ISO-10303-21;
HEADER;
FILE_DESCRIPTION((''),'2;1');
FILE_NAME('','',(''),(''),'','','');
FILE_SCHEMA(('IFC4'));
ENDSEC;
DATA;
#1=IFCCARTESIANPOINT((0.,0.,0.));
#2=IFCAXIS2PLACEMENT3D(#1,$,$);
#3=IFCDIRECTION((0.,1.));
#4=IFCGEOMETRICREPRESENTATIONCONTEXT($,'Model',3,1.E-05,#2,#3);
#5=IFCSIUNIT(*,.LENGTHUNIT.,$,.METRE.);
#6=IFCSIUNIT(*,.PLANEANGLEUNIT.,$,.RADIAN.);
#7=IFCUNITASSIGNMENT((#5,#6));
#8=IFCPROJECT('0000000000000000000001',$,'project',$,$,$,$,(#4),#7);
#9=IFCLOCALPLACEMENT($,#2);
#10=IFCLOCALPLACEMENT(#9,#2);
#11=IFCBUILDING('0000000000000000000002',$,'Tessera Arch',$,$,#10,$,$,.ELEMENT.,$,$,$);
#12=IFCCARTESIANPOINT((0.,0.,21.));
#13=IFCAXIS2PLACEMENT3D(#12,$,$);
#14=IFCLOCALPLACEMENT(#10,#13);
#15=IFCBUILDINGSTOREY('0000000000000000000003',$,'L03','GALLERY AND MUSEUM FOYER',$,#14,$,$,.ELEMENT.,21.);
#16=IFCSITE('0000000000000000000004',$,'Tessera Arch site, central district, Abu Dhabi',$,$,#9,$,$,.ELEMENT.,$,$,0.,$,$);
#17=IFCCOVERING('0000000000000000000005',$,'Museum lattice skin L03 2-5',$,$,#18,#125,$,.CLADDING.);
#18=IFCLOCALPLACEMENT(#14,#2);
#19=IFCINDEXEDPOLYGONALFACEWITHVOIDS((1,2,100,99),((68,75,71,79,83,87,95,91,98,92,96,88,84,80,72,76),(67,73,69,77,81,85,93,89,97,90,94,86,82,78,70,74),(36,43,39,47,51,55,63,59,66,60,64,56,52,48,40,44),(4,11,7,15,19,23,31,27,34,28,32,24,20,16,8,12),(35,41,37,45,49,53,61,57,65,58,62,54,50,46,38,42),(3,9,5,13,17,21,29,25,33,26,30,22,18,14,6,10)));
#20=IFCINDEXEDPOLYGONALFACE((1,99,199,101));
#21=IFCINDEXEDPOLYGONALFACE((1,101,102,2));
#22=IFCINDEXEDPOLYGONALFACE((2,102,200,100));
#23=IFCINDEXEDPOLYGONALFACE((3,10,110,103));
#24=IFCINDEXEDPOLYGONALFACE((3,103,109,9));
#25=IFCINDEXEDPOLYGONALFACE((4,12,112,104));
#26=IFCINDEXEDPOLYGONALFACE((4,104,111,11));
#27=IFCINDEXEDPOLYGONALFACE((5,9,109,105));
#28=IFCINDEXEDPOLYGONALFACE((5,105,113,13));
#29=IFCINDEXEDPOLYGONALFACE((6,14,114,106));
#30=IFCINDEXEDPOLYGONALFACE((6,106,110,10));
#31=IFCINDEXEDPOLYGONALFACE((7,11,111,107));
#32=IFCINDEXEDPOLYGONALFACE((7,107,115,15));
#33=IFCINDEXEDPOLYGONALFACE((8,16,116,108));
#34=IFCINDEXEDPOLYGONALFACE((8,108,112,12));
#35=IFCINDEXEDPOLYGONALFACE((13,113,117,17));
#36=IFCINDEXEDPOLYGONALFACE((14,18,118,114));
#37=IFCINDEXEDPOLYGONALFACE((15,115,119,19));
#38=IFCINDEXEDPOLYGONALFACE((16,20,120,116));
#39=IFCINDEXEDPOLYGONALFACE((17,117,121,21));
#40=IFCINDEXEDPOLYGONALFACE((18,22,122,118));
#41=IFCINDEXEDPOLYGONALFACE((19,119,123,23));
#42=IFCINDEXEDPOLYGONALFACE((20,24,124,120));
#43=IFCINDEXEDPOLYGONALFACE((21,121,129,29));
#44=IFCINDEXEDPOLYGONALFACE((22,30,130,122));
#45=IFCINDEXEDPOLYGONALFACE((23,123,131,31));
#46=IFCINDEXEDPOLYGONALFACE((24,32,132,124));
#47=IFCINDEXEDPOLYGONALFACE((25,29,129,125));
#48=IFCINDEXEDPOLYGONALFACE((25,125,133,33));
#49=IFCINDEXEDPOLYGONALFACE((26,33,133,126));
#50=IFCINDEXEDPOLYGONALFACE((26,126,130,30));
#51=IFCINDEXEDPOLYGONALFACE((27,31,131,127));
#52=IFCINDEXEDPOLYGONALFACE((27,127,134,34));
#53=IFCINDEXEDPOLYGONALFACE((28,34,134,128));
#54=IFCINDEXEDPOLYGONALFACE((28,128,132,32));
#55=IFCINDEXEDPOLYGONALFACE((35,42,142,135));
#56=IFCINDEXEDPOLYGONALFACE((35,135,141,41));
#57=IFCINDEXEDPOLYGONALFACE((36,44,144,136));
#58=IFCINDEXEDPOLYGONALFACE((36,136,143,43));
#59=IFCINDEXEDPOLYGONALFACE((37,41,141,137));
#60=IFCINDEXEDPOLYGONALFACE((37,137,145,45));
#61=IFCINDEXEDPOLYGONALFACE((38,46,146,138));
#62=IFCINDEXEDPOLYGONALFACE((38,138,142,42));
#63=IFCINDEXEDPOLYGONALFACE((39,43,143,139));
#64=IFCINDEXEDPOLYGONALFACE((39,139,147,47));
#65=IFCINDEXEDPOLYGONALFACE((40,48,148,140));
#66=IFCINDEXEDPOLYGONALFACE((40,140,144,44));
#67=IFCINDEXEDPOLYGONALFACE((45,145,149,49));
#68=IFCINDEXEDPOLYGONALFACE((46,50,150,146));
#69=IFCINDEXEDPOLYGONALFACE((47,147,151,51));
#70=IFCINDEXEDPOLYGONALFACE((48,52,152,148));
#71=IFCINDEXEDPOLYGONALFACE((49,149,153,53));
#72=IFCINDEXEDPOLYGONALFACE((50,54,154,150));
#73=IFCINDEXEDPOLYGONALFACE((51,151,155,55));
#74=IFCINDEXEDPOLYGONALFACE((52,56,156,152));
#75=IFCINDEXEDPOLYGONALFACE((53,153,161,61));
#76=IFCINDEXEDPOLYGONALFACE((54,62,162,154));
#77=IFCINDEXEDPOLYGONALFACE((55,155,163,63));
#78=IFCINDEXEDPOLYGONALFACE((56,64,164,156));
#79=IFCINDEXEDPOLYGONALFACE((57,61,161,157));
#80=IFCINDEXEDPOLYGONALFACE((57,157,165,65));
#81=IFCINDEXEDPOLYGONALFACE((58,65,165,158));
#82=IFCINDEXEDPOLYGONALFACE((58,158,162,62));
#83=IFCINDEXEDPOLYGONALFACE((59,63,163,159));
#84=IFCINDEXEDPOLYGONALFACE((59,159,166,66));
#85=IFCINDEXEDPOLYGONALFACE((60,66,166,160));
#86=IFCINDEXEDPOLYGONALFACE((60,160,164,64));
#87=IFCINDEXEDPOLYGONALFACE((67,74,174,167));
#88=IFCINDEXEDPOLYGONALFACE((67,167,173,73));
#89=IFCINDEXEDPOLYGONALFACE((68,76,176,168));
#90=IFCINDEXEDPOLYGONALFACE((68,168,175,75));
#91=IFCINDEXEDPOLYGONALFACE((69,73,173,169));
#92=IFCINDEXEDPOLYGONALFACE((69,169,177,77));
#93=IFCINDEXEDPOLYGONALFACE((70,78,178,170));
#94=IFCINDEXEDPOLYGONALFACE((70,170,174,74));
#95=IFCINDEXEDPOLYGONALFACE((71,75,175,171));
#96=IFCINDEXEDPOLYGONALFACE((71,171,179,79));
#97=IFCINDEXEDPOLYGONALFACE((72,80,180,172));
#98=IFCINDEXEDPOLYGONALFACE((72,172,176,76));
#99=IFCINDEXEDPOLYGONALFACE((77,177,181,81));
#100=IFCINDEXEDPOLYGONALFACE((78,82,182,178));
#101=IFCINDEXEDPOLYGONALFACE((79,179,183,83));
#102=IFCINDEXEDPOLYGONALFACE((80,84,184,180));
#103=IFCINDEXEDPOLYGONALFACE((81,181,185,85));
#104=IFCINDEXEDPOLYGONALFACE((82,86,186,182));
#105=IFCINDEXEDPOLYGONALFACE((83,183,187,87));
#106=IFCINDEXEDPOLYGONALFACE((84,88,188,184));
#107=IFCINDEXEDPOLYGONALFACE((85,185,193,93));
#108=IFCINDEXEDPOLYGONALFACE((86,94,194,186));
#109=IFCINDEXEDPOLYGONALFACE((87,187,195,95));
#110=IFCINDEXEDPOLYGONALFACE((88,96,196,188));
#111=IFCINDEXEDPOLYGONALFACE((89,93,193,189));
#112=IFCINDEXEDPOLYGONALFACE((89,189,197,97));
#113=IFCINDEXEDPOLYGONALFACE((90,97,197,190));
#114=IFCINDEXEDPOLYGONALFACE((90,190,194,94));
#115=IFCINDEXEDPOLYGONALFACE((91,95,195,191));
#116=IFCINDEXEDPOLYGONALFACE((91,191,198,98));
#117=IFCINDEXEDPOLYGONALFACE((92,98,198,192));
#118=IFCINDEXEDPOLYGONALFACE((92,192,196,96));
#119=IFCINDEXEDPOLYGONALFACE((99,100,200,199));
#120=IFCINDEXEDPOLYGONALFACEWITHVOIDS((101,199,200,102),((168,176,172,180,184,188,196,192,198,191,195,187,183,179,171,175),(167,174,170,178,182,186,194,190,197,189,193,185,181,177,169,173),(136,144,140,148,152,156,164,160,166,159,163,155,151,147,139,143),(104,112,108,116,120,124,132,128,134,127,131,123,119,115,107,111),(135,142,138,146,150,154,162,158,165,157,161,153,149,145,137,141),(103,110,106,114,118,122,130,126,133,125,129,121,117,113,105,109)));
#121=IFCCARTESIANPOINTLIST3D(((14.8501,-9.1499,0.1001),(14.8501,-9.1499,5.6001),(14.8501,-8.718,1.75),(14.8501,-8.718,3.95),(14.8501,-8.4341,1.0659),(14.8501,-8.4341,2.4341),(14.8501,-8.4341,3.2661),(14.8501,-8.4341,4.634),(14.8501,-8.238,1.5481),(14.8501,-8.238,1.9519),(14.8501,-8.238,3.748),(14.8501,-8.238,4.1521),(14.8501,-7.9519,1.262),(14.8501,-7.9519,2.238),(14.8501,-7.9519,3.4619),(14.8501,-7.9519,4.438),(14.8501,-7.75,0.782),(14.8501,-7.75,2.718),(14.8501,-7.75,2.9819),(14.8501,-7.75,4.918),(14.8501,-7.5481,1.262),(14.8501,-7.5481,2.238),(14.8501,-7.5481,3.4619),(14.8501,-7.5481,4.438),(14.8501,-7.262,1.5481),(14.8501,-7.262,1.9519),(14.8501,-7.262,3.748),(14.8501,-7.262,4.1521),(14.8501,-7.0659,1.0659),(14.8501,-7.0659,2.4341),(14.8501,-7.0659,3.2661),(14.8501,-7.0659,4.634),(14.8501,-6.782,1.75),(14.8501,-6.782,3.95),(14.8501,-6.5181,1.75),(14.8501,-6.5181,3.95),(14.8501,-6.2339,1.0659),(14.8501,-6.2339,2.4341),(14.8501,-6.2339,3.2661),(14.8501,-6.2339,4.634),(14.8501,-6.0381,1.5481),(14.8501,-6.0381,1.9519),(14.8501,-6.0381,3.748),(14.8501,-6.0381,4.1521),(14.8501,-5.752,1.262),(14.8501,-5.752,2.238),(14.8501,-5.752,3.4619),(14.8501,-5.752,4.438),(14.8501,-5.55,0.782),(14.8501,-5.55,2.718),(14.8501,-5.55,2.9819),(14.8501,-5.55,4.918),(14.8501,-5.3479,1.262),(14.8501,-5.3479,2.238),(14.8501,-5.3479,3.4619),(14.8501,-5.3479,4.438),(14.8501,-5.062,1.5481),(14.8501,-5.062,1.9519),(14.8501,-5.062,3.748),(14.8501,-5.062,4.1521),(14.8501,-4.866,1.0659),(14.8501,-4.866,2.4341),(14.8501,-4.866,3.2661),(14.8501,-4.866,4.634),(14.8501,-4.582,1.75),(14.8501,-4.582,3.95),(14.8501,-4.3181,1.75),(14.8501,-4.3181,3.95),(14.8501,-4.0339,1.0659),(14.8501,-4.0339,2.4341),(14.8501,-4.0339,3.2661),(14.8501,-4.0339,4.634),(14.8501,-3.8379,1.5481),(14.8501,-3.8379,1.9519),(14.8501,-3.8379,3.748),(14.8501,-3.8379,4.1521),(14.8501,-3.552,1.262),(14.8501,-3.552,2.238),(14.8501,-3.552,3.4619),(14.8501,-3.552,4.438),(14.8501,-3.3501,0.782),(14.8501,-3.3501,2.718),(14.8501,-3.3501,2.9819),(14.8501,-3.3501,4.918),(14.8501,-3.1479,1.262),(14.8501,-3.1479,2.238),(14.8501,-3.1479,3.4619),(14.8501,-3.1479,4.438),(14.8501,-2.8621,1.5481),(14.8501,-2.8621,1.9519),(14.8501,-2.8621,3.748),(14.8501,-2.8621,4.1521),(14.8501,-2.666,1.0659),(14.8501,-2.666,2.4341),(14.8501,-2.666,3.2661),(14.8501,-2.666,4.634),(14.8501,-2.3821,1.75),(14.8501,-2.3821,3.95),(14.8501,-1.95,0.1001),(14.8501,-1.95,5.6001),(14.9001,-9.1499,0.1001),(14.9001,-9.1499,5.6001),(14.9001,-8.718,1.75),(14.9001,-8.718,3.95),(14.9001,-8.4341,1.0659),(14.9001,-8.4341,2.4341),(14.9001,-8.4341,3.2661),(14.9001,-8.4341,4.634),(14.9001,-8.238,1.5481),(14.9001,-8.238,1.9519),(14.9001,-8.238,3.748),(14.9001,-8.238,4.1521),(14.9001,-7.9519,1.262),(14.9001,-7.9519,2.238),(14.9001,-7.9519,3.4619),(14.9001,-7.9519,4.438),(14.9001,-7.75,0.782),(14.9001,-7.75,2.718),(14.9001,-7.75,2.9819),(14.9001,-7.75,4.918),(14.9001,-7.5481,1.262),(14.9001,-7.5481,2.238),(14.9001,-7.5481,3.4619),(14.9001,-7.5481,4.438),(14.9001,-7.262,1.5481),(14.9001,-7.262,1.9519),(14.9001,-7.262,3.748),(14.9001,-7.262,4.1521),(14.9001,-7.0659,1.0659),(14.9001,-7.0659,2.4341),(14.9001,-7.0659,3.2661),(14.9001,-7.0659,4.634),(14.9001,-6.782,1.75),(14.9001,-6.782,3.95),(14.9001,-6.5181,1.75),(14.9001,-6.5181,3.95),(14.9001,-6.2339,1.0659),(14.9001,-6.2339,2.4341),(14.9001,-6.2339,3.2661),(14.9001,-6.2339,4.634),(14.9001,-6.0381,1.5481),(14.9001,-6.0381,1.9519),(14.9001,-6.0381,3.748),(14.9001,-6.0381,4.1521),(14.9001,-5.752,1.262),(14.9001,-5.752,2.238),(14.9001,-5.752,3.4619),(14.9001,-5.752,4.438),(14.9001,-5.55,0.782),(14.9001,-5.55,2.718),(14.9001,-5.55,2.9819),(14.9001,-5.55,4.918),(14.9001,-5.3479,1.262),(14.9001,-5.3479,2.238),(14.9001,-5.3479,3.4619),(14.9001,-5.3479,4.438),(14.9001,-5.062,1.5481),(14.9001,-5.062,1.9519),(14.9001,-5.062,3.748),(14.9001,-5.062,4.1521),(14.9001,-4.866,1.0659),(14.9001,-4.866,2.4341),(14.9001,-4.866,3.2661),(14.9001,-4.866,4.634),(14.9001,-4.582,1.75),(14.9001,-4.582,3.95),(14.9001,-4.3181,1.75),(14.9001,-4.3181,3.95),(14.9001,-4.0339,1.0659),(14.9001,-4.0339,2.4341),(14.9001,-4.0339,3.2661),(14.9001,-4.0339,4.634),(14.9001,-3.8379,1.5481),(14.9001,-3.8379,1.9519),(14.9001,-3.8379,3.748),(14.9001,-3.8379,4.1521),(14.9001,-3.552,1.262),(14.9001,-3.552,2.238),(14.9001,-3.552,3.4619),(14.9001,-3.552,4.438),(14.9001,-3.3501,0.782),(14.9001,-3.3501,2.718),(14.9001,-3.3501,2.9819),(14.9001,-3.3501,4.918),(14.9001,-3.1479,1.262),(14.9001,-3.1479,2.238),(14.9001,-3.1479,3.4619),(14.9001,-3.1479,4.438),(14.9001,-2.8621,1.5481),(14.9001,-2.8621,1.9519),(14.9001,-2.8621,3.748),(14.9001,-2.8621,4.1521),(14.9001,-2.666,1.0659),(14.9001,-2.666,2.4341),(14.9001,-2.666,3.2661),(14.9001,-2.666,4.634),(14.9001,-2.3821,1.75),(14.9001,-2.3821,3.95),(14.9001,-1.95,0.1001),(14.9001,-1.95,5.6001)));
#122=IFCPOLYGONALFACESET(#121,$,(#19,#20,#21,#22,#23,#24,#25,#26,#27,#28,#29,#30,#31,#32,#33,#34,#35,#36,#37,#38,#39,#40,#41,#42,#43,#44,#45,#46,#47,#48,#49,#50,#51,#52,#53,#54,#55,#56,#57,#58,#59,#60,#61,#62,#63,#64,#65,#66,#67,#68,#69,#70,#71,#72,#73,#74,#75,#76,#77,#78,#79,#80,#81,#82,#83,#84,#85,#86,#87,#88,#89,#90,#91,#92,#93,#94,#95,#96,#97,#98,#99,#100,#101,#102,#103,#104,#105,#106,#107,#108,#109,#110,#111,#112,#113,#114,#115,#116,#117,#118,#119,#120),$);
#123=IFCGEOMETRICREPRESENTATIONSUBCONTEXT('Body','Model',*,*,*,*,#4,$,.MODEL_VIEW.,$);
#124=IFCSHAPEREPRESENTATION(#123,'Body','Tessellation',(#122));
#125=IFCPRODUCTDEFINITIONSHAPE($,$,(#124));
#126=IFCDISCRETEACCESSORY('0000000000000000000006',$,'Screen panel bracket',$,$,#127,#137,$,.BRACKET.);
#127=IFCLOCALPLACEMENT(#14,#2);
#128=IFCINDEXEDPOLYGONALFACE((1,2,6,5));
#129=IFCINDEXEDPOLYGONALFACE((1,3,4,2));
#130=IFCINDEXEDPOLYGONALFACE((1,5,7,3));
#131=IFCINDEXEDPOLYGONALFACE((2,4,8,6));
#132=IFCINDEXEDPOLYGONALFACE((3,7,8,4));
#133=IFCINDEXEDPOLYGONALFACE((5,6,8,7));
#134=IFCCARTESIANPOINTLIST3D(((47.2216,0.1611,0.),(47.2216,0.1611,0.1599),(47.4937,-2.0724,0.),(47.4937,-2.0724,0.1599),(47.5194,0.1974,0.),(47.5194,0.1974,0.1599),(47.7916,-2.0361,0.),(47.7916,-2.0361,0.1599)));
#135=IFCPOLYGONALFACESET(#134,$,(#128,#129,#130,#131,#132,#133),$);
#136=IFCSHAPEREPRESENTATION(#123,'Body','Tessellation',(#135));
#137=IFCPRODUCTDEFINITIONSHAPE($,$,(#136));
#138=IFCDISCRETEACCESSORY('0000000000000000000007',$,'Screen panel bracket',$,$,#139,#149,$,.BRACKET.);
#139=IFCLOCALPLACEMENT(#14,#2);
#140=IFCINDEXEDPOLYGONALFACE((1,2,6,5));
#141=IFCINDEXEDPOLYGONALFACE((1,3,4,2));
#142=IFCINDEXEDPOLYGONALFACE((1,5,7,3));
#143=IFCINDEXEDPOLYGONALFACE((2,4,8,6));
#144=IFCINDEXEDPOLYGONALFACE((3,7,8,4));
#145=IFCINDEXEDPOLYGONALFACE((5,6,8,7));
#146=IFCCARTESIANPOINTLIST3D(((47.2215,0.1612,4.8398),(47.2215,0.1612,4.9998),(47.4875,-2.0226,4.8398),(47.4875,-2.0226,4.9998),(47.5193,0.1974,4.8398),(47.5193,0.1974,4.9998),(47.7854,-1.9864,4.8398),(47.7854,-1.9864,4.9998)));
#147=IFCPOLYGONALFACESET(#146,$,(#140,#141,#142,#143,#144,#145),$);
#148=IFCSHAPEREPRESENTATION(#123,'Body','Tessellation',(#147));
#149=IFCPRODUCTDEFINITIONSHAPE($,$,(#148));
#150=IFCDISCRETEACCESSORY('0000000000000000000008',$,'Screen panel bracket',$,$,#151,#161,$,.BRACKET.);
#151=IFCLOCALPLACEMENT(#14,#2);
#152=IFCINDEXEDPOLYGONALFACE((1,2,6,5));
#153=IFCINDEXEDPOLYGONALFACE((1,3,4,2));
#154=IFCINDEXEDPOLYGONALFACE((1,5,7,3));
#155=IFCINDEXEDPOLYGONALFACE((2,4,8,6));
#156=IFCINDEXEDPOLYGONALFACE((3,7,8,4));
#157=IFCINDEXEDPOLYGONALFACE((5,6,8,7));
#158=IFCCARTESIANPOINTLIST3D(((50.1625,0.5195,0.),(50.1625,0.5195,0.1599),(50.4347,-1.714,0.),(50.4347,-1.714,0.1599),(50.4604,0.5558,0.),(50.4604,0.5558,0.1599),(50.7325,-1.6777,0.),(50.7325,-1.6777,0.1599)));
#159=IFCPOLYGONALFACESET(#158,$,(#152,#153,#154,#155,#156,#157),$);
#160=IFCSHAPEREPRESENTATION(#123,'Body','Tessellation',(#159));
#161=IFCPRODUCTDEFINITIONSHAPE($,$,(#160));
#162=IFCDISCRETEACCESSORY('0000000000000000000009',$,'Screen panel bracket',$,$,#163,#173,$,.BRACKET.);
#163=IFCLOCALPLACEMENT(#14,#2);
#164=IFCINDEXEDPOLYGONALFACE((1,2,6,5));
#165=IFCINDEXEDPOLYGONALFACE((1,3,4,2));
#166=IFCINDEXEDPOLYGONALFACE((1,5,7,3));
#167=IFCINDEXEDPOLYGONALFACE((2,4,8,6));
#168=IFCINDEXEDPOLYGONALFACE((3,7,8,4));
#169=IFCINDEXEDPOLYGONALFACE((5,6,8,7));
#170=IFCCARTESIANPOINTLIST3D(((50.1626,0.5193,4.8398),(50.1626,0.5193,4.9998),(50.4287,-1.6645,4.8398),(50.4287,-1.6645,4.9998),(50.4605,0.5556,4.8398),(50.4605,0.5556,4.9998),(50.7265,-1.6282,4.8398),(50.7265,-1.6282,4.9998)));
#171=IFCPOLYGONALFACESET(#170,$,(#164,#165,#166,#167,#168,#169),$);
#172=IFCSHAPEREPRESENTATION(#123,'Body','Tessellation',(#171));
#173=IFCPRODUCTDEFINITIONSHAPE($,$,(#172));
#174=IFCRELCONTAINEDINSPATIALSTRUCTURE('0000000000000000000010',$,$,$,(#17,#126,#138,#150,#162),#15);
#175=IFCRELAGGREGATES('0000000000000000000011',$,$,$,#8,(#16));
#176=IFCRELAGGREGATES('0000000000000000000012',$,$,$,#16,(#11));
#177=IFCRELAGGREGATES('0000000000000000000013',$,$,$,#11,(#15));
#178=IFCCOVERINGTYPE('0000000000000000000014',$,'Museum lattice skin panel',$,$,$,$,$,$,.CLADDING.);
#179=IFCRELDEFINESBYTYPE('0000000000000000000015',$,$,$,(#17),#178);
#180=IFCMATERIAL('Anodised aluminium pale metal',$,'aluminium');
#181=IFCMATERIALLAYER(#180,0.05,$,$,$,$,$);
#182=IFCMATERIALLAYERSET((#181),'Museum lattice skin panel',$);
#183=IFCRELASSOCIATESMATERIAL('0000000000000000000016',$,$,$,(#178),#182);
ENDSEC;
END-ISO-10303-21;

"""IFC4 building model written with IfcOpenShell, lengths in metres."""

from ifc_helpers import new_model, si_unit, direction, frame, origin, origin_2d, place, context, subcontext, project, spatial, polyline, rectangle, outline, extrude, material, layer, layer_set, type_object, element, save


model = new_model("IFC4")

# Units and contexts
model_context = context("Model", 3, precision=1e-05, world=origin(), true_north=direction((0.0, 1.0)))
body_context = subcontext(model_context, "Body", "Model", "MODEL_VIEW")
ifc_project = project(units=[si_unit("LENGTHUNIT", "METRE"), si_unit("PLANEANGLEUNIT", "RADIAN")], contexts=[model_context])

# Site, building, storey
site_placement = place(None, origin())
site = spatial("IfcSite", under=ifc_project, at=site_placement, Name="Tessera Arch site, central district, Abu Dhabi", CompositionType="ELEMENT", RefElevation=0.0)
building_placement = place(site_placement, origin())
building = spatial("IfcBuilding", under=site, at=building_placement, Name="Tessera Arch", CompositionType="ELEMENT")
storey_placement = place(building_placement, frame((0.0, 0.0, 21.0)))
storey = spatial("IfcBuildingStorey", under=building, at=storey_placement, Name="L03", Description="GALLERY AND MUSEUM FOYER", CompositionType="ELEMENT", Elevation=21.0)

# Covering
ifc_material_1 = material(Name="Anodised aluminium pale metal", Category="aluminium")
ifc_layer_1 = layer(ifc_material_1, 0.05)
ifc_layer_set_1 = layer_set([ifc_layer_1], Name="Museum lattice skin panel")
covering_type_1 = type_object("IfcCoveringType", Name="Museum lattice skin panel", PredefinedType="CLADDING", material=ifc_layer_set_1)
covering_1_placement = place(storey_placement, frame((14.8501, -9.1499, 5.6001), z_axis=(-1.0, 0.0, 0.0), x_axis=(0.0, 1.0, 0.0)))
element("IfcCovering", 1, at=covering_1_placement, inside=storey, type_object=covering_type_1, Name="Museum lattice skin L03 2-5", PredefinedType="CLADDING", context=body_context, shape_type="SweptSolid", body=[
    extrude(outline(polyline([(0.0, 0.0), (7.2, 0.0), (7.2, 5.5), (0.0, 5.5), (0.0, 0.0)]), holes=[polyline([(2.3679, 3.8501), (1.8879, 3.6482), (2.084, 3.166), (1.6018, 3.3621), (1.3999, 2.8821), (1.198, 3.3621), (0.7158, 3.166), (0.9119, 3.6482), (0.4319, 3.8501), (0.9119, 4.052), (0.7158, 4.5342), (1.198, 4.3381), (1.3999, 4.8181), (1.6018, 4.3381), (2.084, 4.5342), (1.8879, 4.052), (2.3679, 3.8501)]), polyline([(2.3679, 1.6501), (1.8879, 1.448), (2.084, 0.9661), (1.6018, 1.1621), (1.3999, 0.6821), (1.198, 1.1621), (0.7158, 0.9661), (0.9119, 1.448), (0.4319, 1.6501), (0.9119, 1.8521), (0.7158, 2.334), (1.198, 2.1382), (1.3999, 2.6182), (1.6018, 2.1382), (2.084, 2.334), (1.8879, 1.8521), (2.3679, 1.6501)]), polyline([(4.5679, 3.8501), (4.0879, 3.6482), (4.2839, 3.166), (3.802, 3.3621), (3.5999, 2.8821), (3.3979, 3.3621), (2.916, 3.166), (3.1118, 3.6482), (2.6318, 3.8501), (3.1118, 4.052), (2.916, 4.5342), (3.3979, 4.3381), (3.5999, 4.8181), (3.802, 4.3381), (4.2839, 4.5342), (4.0879, 4.052), (4.5679, 3.8501)]), polyline([(4.5679, 1.6501), (4.0879, 1.448), (4.2839, 0.9661), (3.802, 1.1621), (3.5999, 0.6821), (3.3979, 1.1621), (2.916, 0.9661), (3.1118, 1.448), (2.6318, 1.6501), (3.1118, 1.8521), (2.916, 2.334), (3.3979, 2.1382), (3.5999, 2.6182), (3.802, 2.1382), (4.2839, 2.334), (4.0879, 1.8521), (4.5679, 1.6501)]), polyline([(6.7678, 3.8501), (6.2878, 3.6482), (6.4839, 3.166), (6.002, 3.3621), (5.7998, 2.8821), (5.5979, 3.3621), (5.116, 3.166), (5.312, 3.6482), (4.8318, 3.8501), (5.312, 4.052), (5.116, 4.5342), (5.5979, 4.3381), (5.7998, 4.8181), (6.002, 4.3381), (6.4839, 4.5342), (6.2878, 4.052), (6.7678, 3.8501)]), polyline([(6.7678, 1.6501), (6.2878, 1.448), (6.4839, 0.9661), (6.002, 1.1621), (5.7998, 0.6821), (5.5979, 1.1621), (5.116, 0.9661), (5.312, 1.448), (4.8318, 1.6501), (5.312, 1.8521), (5.116, 2.334), (5.5979, 2.1382), (5.7998, 2.6182), (6.002, 2.1382), (6.4839, 2.334), (6.2878, 1.8521), (6.7678, 1.6501)])]), origin(), (0.0, 0.0, -1.0), 0.05),
])

# Discrete accessories
discrete_accessory_1_placement = place(storey_placement, frame((47.5066, -0.9375, 0.0), z_axis=(0.0, 0.0, 1.0), x_axis=(0.120951, -0.992658, 0.0)))
element("IfcDiscreteAccessory", 2, at=discrete_accessory_1_placement, inside=storey, Name="Screen panel bracket", PredefinedType="BRACKET", context=body_context, shape_type="SweptSolid", body=[
    extrude(rectangle(XDim=2.25, YDim=0.3, at=origin_2d()), origin(), (0.0, 0.0, 1.0), 0.1599),
])
discrete_accessory_2_placement = place(storey_placement, frame((47.5034, -0.9126, 4.8398), z_axis=(0.0, 0.0, 1.0), x_axis=(0.120951, -0.992658, 0.0)))
element("IfcDiscreteAccessory", 3, at=discrete_accessory_2_placement, inside=storey, Name="Screen panel bracket", PredefinedType="BRACKET", context=body_context, shape_type="SweptSolid", body=[
    extrude(rectangle(XDim=2.2, YDim=0.3, at=origin_2d()), origin(), (0.0, 0.0, 1.0), 0.1599),
])
discrete_accessory_3_placement = place(storey_placement, frame((50.4475, -0.5791, 0.0), z_axis=(0.0, 0.0, 1.0), x_axis=(0.120951, -0.992658, 0.0)))
element("IfcDiscreteAccessory", 4, at=discrete_accessory_3_placement, inside=storey, Name="Screen panel bracket", PredefinedType="BRACKET", context=body_context, shape_type="SweptSolid", body=[
    extrude(rectangle(XDim=2.25, YDim=0.3, at=origin_2d()), origin(), (0.0, 0.0, 1.0), 0.1599),
])
discrete_accessory_4_placement = place(storey_placement, frame((50.4446, -0.5544, 4.8398), z_axis=(0.0, 0.0, 1.0), x_axis=(0.120951, -0.992658, 0.0)))
element("IfcDiscreteAccessory", 5, at=discrete_accessory_4_placement, inside=storey, Name="Screen panel bracket", PredefinedType="BRACKET", context=body_context, shape_type="SweptSolid", body=[
    extrude(rectangle(XDim=2.2, YDim=0.3, at=origin_2d()), origin(), (0.0, 0.0, 1.0), 0.1599),
])

save(model, "model.ifc")
